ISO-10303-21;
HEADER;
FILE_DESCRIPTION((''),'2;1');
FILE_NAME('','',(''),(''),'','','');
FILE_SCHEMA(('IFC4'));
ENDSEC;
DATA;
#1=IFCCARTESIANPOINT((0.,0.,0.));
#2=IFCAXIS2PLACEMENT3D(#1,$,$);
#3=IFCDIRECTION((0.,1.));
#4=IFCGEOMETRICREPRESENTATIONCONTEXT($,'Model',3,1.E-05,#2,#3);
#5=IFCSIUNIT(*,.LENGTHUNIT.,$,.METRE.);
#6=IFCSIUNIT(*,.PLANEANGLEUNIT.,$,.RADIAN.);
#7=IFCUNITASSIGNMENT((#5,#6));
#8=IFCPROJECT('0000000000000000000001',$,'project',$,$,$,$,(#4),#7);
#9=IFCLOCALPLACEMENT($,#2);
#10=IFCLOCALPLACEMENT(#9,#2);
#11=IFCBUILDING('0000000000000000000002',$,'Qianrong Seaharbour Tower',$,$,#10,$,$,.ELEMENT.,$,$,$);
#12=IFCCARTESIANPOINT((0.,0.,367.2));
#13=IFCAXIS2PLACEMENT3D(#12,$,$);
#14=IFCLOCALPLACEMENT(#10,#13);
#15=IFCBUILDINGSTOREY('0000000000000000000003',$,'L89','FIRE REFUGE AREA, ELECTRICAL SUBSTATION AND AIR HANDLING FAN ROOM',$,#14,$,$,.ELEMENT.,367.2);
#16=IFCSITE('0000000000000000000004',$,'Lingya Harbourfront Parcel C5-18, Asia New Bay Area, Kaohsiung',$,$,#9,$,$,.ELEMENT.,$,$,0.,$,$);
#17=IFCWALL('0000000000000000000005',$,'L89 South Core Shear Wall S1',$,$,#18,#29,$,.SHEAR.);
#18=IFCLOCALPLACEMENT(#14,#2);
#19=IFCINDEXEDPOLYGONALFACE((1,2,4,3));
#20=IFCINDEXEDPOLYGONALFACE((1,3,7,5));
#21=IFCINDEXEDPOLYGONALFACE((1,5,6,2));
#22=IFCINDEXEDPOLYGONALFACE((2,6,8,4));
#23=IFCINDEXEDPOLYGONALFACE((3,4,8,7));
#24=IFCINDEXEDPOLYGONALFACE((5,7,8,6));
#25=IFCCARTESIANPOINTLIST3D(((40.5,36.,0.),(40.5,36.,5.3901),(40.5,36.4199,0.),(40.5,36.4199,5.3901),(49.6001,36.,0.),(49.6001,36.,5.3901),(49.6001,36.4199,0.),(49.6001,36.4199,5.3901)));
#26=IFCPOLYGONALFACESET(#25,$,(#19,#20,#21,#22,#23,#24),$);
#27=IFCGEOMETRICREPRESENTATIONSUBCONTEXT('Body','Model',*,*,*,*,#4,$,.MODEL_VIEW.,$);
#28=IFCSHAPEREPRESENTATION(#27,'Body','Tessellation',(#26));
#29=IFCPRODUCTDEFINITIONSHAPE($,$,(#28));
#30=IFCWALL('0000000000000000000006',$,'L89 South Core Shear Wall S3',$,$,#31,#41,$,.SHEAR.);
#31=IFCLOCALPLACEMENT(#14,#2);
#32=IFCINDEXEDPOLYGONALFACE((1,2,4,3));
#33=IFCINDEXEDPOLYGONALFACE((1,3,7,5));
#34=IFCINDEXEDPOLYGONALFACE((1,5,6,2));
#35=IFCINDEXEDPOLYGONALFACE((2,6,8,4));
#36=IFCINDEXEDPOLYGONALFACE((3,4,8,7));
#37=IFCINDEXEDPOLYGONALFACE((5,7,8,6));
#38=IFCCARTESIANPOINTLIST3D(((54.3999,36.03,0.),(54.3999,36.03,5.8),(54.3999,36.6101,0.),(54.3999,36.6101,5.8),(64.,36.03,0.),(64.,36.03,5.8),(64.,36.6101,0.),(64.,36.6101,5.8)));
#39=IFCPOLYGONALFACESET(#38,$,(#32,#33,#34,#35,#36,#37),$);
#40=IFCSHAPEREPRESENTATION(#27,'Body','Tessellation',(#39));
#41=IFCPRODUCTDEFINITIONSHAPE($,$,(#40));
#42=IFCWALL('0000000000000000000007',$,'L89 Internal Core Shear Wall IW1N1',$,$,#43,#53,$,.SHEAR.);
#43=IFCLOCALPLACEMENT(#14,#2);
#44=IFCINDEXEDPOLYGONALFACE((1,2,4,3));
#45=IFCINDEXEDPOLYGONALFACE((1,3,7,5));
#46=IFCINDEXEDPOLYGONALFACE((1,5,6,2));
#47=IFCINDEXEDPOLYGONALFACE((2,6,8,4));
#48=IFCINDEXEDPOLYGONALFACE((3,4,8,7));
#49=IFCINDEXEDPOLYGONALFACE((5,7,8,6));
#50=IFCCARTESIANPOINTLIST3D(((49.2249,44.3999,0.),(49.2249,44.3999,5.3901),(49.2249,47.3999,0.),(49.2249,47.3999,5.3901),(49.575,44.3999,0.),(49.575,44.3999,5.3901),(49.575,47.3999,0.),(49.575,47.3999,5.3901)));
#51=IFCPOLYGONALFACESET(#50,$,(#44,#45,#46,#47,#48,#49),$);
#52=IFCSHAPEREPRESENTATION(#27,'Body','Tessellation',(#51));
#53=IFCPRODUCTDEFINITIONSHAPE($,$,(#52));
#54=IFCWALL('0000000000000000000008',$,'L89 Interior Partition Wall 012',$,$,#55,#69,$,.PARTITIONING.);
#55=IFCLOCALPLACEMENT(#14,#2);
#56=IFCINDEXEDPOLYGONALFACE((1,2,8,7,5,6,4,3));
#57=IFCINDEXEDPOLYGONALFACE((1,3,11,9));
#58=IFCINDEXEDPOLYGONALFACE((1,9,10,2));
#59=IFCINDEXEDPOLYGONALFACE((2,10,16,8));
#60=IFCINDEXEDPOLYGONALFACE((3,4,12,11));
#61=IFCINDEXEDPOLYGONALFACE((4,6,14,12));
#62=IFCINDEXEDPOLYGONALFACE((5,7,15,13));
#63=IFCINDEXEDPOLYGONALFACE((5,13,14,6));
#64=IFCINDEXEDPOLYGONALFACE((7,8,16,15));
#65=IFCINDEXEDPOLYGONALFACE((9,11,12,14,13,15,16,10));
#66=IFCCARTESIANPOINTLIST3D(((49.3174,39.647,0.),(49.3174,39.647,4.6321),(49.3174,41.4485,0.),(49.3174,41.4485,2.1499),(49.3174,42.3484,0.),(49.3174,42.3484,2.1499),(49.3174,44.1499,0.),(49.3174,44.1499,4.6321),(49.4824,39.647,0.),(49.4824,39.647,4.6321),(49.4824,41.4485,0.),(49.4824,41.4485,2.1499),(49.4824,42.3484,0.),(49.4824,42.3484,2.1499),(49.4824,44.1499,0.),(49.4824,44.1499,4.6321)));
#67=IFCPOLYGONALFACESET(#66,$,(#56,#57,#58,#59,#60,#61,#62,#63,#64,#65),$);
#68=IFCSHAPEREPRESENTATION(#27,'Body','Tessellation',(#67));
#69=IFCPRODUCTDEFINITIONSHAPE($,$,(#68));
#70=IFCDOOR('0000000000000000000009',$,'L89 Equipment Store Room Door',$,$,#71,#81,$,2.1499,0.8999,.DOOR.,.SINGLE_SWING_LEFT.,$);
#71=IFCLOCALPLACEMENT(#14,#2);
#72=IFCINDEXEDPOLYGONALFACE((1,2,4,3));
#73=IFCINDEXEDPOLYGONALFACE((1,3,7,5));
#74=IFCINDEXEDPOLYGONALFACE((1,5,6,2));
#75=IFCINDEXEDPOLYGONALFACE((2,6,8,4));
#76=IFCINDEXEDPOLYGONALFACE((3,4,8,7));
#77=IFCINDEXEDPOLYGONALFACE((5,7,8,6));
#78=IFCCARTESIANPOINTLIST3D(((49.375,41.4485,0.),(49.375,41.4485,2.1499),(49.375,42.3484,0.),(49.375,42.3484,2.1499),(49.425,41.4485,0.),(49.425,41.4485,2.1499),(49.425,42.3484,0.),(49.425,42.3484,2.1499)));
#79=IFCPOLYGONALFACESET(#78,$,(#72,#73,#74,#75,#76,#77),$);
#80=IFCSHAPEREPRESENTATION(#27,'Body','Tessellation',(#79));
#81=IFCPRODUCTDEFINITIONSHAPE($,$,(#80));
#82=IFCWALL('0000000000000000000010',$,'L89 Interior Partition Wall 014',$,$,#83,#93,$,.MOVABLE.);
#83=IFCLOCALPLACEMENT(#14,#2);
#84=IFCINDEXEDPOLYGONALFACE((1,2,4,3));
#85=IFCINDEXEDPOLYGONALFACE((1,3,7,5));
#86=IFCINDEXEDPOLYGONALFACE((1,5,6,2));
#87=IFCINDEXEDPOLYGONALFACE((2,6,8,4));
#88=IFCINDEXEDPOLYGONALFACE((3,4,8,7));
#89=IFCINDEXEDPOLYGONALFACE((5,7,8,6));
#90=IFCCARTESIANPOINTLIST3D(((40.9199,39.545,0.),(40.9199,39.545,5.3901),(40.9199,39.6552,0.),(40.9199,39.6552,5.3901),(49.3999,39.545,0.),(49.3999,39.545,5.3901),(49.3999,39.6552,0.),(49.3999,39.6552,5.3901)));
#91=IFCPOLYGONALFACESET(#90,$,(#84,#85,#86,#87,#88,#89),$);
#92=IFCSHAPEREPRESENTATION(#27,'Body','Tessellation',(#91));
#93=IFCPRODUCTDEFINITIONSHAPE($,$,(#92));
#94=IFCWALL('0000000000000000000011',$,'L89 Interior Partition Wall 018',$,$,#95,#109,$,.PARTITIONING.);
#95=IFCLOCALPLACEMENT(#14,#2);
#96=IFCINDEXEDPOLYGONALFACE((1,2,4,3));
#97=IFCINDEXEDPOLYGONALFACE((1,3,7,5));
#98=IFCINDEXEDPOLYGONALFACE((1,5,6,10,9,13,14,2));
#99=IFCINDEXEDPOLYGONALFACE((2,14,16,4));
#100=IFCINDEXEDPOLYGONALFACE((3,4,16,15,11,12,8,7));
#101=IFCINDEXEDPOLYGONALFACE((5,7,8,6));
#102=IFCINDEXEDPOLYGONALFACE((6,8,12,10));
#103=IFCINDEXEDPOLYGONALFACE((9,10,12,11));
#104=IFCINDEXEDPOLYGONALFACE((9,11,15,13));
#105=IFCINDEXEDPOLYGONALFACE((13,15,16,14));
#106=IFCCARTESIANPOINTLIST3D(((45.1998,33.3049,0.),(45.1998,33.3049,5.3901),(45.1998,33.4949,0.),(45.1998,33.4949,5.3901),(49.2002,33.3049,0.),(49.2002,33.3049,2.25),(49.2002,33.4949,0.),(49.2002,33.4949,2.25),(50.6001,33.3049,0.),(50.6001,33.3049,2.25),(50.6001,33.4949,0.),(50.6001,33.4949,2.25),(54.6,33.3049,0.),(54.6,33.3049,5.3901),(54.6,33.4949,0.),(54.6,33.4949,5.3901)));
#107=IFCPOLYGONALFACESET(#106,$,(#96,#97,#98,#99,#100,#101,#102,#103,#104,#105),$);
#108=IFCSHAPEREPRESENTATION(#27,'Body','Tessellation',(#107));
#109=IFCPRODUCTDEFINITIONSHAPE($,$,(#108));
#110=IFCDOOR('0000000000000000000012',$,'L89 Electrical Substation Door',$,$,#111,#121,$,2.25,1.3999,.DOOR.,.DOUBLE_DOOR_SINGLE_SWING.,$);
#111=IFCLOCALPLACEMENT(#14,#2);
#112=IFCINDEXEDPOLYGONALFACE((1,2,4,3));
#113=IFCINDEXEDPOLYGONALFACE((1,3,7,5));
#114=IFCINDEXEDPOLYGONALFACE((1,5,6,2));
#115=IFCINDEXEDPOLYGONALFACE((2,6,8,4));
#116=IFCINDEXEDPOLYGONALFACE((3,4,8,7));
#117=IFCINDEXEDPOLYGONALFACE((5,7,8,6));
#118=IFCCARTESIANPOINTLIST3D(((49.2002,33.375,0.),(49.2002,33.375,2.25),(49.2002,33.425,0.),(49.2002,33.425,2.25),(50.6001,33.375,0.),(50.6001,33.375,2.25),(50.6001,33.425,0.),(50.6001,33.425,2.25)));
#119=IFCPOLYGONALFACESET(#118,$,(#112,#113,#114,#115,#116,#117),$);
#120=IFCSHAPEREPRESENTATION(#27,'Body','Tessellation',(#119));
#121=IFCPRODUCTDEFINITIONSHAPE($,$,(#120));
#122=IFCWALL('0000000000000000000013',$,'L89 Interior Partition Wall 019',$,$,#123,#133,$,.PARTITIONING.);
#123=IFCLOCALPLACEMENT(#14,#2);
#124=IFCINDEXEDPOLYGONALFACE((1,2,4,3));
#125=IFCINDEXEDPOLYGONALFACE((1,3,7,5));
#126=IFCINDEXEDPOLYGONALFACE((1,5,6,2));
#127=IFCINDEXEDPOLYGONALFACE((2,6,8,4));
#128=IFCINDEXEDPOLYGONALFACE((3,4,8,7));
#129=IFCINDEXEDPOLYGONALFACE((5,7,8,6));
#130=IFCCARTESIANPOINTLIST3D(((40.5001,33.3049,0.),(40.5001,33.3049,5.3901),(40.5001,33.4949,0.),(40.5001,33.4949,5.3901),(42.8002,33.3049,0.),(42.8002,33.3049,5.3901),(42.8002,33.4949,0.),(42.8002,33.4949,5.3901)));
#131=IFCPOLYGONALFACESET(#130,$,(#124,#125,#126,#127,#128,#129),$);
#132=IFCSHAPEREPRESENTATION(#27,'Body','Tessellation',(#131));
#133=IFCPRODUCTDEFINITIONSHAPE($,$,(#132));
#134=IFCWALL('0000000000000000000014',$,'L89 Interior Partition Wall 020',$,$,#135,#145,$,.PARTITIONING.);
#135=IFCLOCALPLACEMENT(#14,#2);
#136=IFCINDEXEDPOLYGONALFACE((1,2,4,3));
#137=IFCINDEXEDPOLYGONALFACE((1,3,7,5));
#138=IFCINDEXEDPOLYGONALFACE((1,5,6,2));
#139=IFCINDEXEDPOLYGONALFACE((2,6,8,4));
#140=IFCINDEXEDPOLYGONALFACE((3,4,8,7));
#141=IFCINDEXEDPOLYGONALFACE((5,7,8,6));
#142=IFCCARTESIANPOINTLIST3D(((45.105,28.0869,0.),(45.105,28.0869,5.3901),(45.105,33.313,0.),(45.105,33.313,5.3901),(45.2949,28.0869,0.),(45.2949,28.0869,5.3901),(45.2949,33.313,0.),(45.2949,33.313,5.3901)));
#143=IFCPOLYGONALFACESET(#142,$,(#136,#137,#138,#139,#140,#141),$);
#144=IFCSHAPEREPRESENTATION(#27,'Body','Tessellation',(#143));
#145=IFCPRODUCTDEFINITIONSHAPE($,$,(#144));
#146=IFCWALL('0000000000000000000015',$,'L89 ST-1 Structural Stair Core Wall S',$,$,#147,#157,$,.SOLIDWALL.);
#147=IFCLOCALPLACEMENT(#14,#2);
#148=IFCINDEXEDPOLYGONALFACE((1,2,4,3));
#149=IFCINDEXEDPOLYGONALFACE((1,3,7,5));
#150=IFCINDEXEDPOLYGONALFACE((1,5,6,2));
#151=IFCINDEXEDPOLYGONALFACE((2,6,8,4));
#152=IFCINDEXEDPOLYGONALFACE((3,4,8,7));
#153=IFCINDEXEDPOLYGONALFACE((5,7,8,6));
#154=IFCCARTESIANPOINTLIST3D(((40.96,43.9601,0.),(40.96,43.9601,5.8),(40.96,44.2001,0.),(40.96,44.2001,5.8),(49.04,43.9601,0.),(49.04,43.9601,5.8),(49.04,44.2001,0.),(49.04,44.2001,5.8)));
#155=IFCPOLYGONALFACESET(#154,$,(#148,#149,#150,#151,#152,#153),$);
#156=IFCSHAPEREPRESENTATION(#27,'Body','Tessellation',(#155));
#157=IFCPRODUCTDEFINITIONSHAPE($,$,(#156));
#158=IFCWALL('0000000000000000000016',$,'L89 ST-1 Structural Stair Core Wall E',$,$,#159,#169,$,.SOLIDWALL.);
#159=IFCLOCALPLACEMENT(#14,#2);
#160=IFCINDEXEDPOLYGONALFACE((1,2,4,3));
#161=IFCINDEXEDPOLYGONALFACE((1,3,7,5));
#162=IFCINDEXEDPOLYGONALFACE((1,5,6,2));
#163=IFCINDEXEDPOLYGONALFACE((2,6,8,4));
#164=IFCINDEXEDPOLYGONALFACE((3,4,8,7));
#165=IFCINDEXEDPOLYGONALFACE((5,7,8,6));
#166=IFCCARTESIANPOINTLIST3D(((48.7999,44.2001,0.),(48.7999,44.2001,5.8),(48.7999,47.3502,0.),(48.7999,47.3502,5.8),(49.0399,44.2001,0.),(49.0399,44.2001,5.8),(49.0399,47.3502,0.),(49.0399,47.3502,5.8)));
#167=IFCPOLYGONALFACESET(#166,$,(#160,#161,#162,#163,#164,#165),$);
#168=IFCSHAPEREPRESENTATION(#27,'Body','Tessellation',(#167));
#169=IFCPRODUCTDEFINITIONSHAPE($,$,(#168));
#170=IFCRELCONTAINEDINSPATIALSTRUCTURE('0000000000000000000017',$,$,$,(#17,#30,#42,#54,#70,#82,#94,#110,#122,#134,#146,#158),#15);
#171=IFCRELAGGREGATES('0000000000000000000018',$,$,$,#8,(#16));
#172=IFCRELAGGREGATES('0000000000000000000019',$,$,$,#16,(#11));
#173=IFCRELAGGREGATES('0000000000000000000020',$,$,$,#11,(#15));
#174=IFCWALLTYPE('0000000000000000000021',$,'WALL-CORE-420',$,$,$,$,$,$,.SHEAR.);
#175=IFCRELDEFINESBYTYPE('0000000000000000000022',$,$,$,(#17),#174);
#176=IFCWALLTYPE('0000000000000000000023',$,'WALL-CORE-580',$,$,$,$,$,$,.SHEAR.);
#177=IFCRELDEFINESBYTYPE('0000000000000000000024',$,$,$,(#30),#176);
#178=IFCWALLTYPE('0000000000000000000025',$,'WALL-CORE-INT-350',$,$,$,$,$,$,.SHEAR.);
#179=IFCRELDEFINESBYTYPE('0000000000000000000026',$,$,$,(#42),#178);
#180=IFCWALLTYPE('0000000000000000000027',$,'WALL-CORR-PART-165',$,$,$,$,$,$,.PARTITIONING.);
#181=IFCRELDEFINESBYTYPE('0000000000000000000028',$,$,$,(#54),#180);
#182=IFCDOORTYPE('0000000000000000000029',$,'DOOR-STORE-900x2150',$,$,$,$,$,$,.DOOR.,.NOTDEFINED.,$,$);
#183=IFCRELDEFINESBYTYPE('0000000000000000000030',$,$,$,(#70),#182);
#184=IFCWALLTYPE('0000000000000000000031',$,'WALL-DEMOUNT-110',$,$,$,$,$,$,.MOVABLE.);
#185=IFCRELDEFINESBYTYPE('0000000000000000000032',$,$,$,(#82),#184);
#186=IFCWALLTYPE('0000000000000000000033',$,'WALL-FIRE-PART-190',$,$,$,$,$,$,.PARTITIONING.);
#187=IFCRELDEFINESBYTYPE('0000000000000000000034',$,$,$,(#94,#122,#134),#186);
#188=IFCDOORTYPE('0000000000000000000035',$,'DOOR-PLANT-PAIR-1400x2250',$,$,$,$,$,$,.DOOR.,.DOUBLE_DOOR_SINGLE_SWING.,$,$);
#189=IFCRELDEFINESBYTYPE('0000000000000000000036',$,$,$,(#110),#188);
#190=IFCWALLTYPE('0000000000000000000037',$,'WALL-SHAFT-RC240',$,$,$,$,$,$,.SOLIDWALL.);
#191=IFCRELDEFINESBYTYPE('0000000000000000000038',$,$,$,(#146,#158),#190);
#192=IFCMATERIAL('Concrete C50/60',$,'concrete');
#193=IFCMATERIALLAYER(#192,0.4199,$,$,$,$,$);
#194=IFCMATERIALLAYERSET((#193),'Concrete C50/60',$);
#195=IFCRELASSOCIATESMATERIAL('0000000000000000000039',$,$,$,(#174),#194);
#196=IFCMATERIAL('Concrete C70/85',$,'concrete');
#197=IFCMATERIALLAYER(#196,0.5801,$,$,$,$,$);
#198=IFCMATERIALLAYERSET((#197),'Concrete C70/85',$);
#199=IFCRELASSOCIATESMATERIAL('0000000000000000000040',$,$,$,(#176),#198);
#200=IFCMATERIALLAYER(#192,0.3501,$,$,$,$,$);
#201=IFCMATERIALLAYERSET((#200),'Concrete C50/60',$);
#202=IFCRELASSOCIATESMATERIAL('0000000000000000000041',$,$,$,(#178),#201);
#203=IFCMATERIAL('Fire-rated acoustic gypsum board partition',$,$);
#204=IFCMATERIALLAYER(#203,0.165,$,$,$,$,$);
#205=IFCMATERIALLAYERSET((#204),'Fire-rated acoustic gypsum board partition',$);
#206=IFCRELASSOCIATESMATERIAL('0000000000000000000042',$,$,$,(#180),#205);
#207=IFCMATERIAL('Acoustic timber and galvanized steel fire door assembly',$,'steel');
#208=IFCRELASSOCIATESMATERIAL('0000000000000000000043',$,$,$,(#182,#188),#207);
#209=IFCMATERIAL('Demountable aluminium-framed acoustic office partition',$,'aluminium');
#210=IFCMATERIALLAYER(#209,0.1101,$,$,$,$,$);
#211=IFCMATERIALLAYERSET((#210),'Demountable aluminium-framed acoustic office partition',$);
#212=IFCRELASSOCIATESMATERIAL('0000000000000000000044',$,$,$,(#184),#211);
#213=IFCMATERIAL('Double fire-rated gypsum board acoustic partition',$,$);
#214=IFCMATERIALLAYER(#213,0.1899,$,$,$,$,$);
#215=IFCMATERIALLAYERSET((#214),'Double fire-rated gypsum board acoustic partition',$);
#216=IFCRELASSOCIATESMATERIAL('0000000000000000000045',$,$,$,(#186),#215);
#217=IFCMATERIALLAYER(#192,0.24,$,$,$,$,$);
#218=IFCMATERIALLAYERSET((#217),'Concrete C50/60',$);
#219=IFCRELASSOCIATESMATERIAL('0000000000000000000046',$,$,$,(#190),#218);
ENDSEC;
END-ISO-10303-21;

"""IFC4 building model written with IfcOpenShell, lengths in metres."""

from ifc_helpers import new_model, si_unit, direction, frame, frame_2d, origin, place, context, subcontext, project, spatial, rectangle, extrude, material, layer, layer_set, type_object, element, fill, save


model = new_model("IFC4")

# Units and contexts
model_context = context("Model", 3, precision=1e-05, world=origin(), true_north=direction((0.0, 1.0)))
body_context = subcontext(model_context, "Body", "Model", "MODEL_VIEW")
ifc_project = project(units=[si_unit("LENGTHUNIT", "METRE"), si_unit("PLANEANGLEUNIT", "RADIAN")], contexts=[model_context])

# Site, building, storey
site_placement = place(None, origin())
site = spatial("IfcSite", under=ifc_project, at=site_placement, Name="Lingya Harbourfront Parcel C5-18, Asia New Bay Area, Kaohsiung", CompositionType="ELEMENT", RefElevation=0.0)
building_placement = place(site_placement, origin())
building = spatial("IfcBuilding", under=site, at=building_placement, Name="Qianrong Seaharbour Tower", CompositionType="ELEMENT")
storey_placement = place(building_placement, frame((0.0, 0.0, 367.2)))
storey = spatial("IfcBuildingStorey", under=building, at=storey_placement, Name="L89", Description="FIRE REFUGE AREA, ELECTRICAL SUBSTATION AND AIR HANDLING FAN ROOM", CompositionType="ELEMENT", Elevation=367.2)

# Shared definitions
ifc_material_1 = material(Name="Concrete C50/60", Category="concrete")

# Walls
ifc_layer_1 = layer(ifc_material_1, 0.4199)
ifc_layer_set_1 = layer_set([ifc_layer_1], Name="Concrete C50/60")
wall_type_1 = type_object("IfcWallType", Name="WALL-CORE-420", PredefinedType="SHEAR", material=ifc_layer_set_1)
wall_1_placement = place(storey_placement, frame((40.5, 36.21, 0.0), z_axis=(0.0, 0.0, 1.0), x_axis=(1.0, 0.0, 0.0)))
element("IfcWall", 1, at=wall_1_placement, inside=storey, type_object=wall_type_1, Name="L89 South Core Shear Wall S1", PredefinedType="SHEAR", context=body_context, shape_type="SweptSolid", body=[
    extrude(rectangle(XDim=9.1001, YDim=0.4199, at=frame_2d((4.55, 0.0))), origin(), (0.0, 0.0, 1.0), 5.3901),
])
ifc_material_2 = material(Name="Concrete C70/85", Category="concrete")
ifc_layer_2 = layer(ifc_material_2, 0.5801)
ifc_layer_set_2 = layer_set([ifc_layer_2], Name="Concrete C70/85")
wall_type_2 = type_object("IfcWallType", Name="WALL-CORE-580", PredefinedType="SHEAR", material=ifc_layer_set_2)
wall_2_placement = place(storey_placement, frame((54.3999, 36.3201, 0.0), z_axis=(0.0, 0.0, 1.0), x_axis=(1.0, 0.0, 0.0)))
element("IfcWall", 2, at=wall_2_placement, inside=storey, type_object=wall_type_2, Name="L89 South Core Shear Wall S3", PredefinedType="SHEAR", context=body_context, shape_type="SweptSolid", body=[
    extrude(rectangle(XDim=9.6001, YDim=0.5801, at=frame_2d((4.8, 0.0))), origin(), (0.0, 0.0, 1.0), 5.8),
])
ifc_layer_3 = layer(ifc_material_1, 0.3501)
ifc_layer_set_3 = layer_set([ifc_layer_3], Name="Concrete C50/60")
wall_type_3 = type_object("IfcWallType", Name="WALL-CORE-INT-350", PredefinedType="SHEAR", material=ifc_layer_set_3)
wall_3_placement = place(storey_placement, frame((49.3999, 44.3999, 0.0), z_axis=(0.0, 0.0, 1.0), x_axis=(0.0, 1.0, 0.0)))
element("IfcWall", 3, at=wall_3_placement, inside=storey, type_object=wall_type_3, Name="L89 Internal Core Shear Wall IW1N1", PredefinedType="SHEAR", context=body_context, shape_type="SweptSolid", body=[
    extrude(rectangle(XDim=3.0, YDim=0.3501, at=frame_2d((1.5, 0.0))), origin(), (0.0, 0.0, 1.0), 5.3901),
])

# Wall, opening, door
ifc_material_3 = material(Name="Fire-rated acoustic gypsum board partition")
ifc_layer_4 = layer(ifc_material_3, 0.165)
ifc_layer_set_4 = layer_set([ifc_layer_4], Name="Fire-rated acoustic gypsum board partition")
wall_type_4 = type_object("IfcWallType", Name="WALL-CORR-PART-165", PredefinedType="PARTITIONING", material=ifc_layer_set_4)
ifc_material_4 = material(Name="Acoustic timber and galvanized steel fire door assembly", Category="steel")
wall_4_placement = place(storey_placement, frame((49.3999, 39.647, 0.0), z_axis=(0.0, 0.0, 1.0), x_axis=(0.0, 1.0, 0.0)))
wall_4 = element("IfcWall", 4, at=wall_4_placement, inside=storey, type_object=wall_type_4, Name="L89 Interior Partition Wall 012", PredefinedType="PARTITIONING", context=body_context, shape_type="SweptSolid", body=[
    extrude(rectangle(XDim=4.5029, YDim=0.165, at=frame_2d((2.2515, 0.0))), origin(), (0.0, 0.0, 1.0), 4.6321),
])
opening_1_placement = place(wall_4_placement, frame((1.8015, 0.0, 0.0)))
opening_1 = element("IfcOpeningElement", 5, at=opening_1_placement, cuts=wall_4, PredefinedType="OPENING", context=body_context, shape_type="SweptSolid", body=[
    extrude(rectangle(XDim=0.8999, YDim=2.1499, at=frame_2d((0.45, 1.075))), frame((0.0, 0.0925, 0.0), z_axis=(0.0, -1.0, 0.0), x_axis=(1.0, 0.0, 0.0)), (0.0, 0.0, 1.0), 0.1851),
])
door_type_1 = type_object("IfcDoorType", Name="DOOR-STORE-900x2150", OperationType="NOTDEFINED", PredefinedType="DOOR", material=ifc_material_4)
door_1_placement = place(opening_1_placement, origin())
door_1 = element("IfcDoor", 6, at=door_1_placement, inside=storey, type_object=door_type_1, Name="L89 Equipment Store Room Door", OperationType="SINGLE_SWING_LEFT", OverallHeight=2.1499, OverallWidth=0.8999, PredefinedType="DOOR", context=body_context, shape_type="SweptSolid", body=[
    extrude(rectangle(XDim=0.8999, YDim=2.1499, at=frame_2d((0.45, 1.075))), frame((0.0, 0.0249, 0.0), z_axis=(0.0, -1.0, 0.0), x_axis=(1.0, 0.0, 0.0)), (0.0, 0.0, 1.0), 0.05),
])
fill(opening_1, door_1)

# Wall
ifc_material_5 = material(Name="Demountable aluminium-framed acoustic office partition", Category="aluminium")
ifc_layer_5 = layer(ifc_material_5, 0.1101)
ifc_layer_set_5 = layer_set([ifc_layer_5], Name="Demountable aluminium-framed acoustic office partition")
wall_type_5 = type_object("IfcWallType", Name="WALL-DEMOUNT-110", PredefinedType="MOVABLE", material=ifc_layer_set_5)
wall_5_placement = place(storey_placement, frame((40.9199, 39.6001, 0.0), z_axis=(0.0, 0.0, 1.0), x_axis=(1.0, 0.0, 0.0)))
element("IfcWall", 7, at=wall_5_placement, inside=storey, type_object=wall_type_5, Name="L89 Interior Partition Wall 014", PredefinedType="MOVABLE", context=body_context, shape_type="SweptSolid", body=[
    extrude(rectangle(XDim=8.48, YDim=0.1101, at=frame_2d((4.24, 0.0))), origin(), (0.0, 0.0, 1.0), 5.3901),
])

# Wall, opening, door
ifc_material_6 = material(Name="Double fire-rated gypsum board acoustic partition")
ifc_layer_6 = layer(ifc_material_6, 0.1899)
ifc_layer_set_6 = layer_set([ifc_layer_6], Name="Double fire-rated gypsum board acoustic partition")
wall_type_6 = type_object("IfcWallType", Name="WALL-FIRE-PART-190", PredefinedType="PARTITIONING", material=ifc_layer_set_6)
wall_6_placement = place(storey_placement, frame((54.6001, 33.3999, 0.0), z_axis=(0.0, 0.0, 1.0), x_axis=(-1.0, 0.0, 0.0)))
wall_6 = element("IfcWall", 8, at=wall_6_placement, inside=storey, type_object=wall_type_6, Name="L89 Interior Partition Wall 018", PredefinedType="PARTITIONING", context=body_context, shape_type="SweptSolid", body=[
    extrude(rectangle(XDim=9.4001, YDim=0.1899, at=frame_2d((4.7002, 0.0))), origin(), (0.0, 0.0, 1.0), 5.3901),
])
opening_2_placement = place(wall_6_placement, frame((4.0, 0.0, 0.0)))
opening_2 = element("IfcOpeningElement", 9, at=opening_2_placement, cuts=wall_6, PredefinedType="OPENING", context=body_context, shape_type="SweptSolid", body=[
    extrude(rectangle(XDim=1.3999, YDim=2.25, at=frame_2d((0.7, 1.125))), frame((0.0, 0.105, 0.0), z_axis=(0.0, -1.0, 0.0), x_axis=(1.0, 0.0, 0.0)), (0.0, 0.0, 1.0), 0.21),
])
door_type_2 = type_object("IfcDoorType", Name="DOOR-PLANT-PAIR-1400x2250", OperationType="DOUBLE_DOOR_SINGLE_SWING", PredefinedType="DOOR", material=ifc_material_4)
door_2_placement = place(opening_2_placement, origin())
door_2 = element("IfcDoor", 10, at=door_2_placement, inside=storey, type_object=door_type_2, Name="L89 Electrical Substation Door", OperationType="DOUBLE_DOOR_SINGLE_SWING", OverallHeight=2.25, OverallWidth=1.3999, PredefinedType="DOOR", context=body_context, shape_type="SweptSolid", body=[
    extrude(rectangle(XDim=1.3999, YDim=2.25, at=frame_2d((0.7, 1.125))), frame((0.0, 0.0249, 0.0), z_axis=(0.0, -1.0, 0.0), x_axis=(1.0, 0.0, 0.0)), (0.0, 0.0, 1.0), 0.05),
])
fill(opening_2, door_2)

# Walls
wall_7_placement = place(storey_placement, frame((42.8, 33.3999, 0.0), z_axis=(0.0, 0.0, 1.0), x_axis=(-1.0, 0.0, 0.0)))
element("IfcWall", 11, at=wall_7_placement, inside=storey, type_object=wall_type_6, Name="L89 Interior Partition Wall 019", PredefinedType="PARTITIONING", context=body_context, shape_type="SweptSolid", body=[
    extrude(rectangle(XDim=2.3, YDim=0.1899, at=frame_2d((1.1499, 0.0))), origin(), (0.0, 0.0, 1.0), 5.3901),
])
wall_8_placement = place(storey_placement, frame((45.2, 33.313, 0.0), z_axis=(0.0, 0.0, 1.0), x_axis=(0.0, -1.0, 0.0)))
element("IfcWall", 12, at=wall_8_placement, inside=storey, type_object=wall_type_6, Name="L89 Interior Partition Wall 020", PredefinedType="PARTITIONING", context=body_context, shape_type="SweptSolid", body=[
    extrude(rectangle(XDim=5.2261, YDim=0.1899, at=frame_2d((2.613, 0.0))), origin(), (0.0, 0.0, 1.0), 5.3901),
])
ifc_layer_7 = layer(ifc_material_1, 0.24)
ifc_layer_set_7 = layer_set([ifc_layer_7], Name="Concrete C50/60")
wall_type_7 = type_object("IfcWallType", Name="WALL-SHAFT-RC240", PredefinedType="SOLIDWALL", material=ifc_layer_set_7)
wall_9_placement = place(storey_placement, frame((49.04, 44.0801, 0.0), z_axis=(0.0, 0.0, 1.0), x_axis=(-1.0, 0.0, 0.0)))
element("IfcWall", 13, at=wall_9_placement, inside=storey, type_object=wall_type_7, Name="L89 ST-1 Structural Stair Core Wall S", PredefinedType="SOLIDWALL", context=body_context, shape_type="SweptSolid", body=[
    extrude(rectangle(XDim=8.0801, YDim=0.24, at=frame_2d((4.04, 0.0))), origin(), (0.0, 0.0, 1.0), 5.8),
])
wall_10_placement = place(storey_placement, frame((48.9199, 44.2, 0.0), z_axis=(0.0, 0.0, 1.0), x_axis=(0.0, 1.0, 0.0)))
element("IfcWall", 14, at=wall_10_placement, inside=storey, type_object=wall_type_7, Name="L89 ST-1 Structural Stair Core Wall E", PredefinedType="SOLIDWALL", context=body_context, shape_type="SweptSolid", body=[
    extrude(rectangle(XDim=3.1501, YDim=0.24, at=frame_2d((1.5752, 0.0))), origin(), (0.0, 0.0, 1.0), 5.8),
])

save(model, "model.ifc")
